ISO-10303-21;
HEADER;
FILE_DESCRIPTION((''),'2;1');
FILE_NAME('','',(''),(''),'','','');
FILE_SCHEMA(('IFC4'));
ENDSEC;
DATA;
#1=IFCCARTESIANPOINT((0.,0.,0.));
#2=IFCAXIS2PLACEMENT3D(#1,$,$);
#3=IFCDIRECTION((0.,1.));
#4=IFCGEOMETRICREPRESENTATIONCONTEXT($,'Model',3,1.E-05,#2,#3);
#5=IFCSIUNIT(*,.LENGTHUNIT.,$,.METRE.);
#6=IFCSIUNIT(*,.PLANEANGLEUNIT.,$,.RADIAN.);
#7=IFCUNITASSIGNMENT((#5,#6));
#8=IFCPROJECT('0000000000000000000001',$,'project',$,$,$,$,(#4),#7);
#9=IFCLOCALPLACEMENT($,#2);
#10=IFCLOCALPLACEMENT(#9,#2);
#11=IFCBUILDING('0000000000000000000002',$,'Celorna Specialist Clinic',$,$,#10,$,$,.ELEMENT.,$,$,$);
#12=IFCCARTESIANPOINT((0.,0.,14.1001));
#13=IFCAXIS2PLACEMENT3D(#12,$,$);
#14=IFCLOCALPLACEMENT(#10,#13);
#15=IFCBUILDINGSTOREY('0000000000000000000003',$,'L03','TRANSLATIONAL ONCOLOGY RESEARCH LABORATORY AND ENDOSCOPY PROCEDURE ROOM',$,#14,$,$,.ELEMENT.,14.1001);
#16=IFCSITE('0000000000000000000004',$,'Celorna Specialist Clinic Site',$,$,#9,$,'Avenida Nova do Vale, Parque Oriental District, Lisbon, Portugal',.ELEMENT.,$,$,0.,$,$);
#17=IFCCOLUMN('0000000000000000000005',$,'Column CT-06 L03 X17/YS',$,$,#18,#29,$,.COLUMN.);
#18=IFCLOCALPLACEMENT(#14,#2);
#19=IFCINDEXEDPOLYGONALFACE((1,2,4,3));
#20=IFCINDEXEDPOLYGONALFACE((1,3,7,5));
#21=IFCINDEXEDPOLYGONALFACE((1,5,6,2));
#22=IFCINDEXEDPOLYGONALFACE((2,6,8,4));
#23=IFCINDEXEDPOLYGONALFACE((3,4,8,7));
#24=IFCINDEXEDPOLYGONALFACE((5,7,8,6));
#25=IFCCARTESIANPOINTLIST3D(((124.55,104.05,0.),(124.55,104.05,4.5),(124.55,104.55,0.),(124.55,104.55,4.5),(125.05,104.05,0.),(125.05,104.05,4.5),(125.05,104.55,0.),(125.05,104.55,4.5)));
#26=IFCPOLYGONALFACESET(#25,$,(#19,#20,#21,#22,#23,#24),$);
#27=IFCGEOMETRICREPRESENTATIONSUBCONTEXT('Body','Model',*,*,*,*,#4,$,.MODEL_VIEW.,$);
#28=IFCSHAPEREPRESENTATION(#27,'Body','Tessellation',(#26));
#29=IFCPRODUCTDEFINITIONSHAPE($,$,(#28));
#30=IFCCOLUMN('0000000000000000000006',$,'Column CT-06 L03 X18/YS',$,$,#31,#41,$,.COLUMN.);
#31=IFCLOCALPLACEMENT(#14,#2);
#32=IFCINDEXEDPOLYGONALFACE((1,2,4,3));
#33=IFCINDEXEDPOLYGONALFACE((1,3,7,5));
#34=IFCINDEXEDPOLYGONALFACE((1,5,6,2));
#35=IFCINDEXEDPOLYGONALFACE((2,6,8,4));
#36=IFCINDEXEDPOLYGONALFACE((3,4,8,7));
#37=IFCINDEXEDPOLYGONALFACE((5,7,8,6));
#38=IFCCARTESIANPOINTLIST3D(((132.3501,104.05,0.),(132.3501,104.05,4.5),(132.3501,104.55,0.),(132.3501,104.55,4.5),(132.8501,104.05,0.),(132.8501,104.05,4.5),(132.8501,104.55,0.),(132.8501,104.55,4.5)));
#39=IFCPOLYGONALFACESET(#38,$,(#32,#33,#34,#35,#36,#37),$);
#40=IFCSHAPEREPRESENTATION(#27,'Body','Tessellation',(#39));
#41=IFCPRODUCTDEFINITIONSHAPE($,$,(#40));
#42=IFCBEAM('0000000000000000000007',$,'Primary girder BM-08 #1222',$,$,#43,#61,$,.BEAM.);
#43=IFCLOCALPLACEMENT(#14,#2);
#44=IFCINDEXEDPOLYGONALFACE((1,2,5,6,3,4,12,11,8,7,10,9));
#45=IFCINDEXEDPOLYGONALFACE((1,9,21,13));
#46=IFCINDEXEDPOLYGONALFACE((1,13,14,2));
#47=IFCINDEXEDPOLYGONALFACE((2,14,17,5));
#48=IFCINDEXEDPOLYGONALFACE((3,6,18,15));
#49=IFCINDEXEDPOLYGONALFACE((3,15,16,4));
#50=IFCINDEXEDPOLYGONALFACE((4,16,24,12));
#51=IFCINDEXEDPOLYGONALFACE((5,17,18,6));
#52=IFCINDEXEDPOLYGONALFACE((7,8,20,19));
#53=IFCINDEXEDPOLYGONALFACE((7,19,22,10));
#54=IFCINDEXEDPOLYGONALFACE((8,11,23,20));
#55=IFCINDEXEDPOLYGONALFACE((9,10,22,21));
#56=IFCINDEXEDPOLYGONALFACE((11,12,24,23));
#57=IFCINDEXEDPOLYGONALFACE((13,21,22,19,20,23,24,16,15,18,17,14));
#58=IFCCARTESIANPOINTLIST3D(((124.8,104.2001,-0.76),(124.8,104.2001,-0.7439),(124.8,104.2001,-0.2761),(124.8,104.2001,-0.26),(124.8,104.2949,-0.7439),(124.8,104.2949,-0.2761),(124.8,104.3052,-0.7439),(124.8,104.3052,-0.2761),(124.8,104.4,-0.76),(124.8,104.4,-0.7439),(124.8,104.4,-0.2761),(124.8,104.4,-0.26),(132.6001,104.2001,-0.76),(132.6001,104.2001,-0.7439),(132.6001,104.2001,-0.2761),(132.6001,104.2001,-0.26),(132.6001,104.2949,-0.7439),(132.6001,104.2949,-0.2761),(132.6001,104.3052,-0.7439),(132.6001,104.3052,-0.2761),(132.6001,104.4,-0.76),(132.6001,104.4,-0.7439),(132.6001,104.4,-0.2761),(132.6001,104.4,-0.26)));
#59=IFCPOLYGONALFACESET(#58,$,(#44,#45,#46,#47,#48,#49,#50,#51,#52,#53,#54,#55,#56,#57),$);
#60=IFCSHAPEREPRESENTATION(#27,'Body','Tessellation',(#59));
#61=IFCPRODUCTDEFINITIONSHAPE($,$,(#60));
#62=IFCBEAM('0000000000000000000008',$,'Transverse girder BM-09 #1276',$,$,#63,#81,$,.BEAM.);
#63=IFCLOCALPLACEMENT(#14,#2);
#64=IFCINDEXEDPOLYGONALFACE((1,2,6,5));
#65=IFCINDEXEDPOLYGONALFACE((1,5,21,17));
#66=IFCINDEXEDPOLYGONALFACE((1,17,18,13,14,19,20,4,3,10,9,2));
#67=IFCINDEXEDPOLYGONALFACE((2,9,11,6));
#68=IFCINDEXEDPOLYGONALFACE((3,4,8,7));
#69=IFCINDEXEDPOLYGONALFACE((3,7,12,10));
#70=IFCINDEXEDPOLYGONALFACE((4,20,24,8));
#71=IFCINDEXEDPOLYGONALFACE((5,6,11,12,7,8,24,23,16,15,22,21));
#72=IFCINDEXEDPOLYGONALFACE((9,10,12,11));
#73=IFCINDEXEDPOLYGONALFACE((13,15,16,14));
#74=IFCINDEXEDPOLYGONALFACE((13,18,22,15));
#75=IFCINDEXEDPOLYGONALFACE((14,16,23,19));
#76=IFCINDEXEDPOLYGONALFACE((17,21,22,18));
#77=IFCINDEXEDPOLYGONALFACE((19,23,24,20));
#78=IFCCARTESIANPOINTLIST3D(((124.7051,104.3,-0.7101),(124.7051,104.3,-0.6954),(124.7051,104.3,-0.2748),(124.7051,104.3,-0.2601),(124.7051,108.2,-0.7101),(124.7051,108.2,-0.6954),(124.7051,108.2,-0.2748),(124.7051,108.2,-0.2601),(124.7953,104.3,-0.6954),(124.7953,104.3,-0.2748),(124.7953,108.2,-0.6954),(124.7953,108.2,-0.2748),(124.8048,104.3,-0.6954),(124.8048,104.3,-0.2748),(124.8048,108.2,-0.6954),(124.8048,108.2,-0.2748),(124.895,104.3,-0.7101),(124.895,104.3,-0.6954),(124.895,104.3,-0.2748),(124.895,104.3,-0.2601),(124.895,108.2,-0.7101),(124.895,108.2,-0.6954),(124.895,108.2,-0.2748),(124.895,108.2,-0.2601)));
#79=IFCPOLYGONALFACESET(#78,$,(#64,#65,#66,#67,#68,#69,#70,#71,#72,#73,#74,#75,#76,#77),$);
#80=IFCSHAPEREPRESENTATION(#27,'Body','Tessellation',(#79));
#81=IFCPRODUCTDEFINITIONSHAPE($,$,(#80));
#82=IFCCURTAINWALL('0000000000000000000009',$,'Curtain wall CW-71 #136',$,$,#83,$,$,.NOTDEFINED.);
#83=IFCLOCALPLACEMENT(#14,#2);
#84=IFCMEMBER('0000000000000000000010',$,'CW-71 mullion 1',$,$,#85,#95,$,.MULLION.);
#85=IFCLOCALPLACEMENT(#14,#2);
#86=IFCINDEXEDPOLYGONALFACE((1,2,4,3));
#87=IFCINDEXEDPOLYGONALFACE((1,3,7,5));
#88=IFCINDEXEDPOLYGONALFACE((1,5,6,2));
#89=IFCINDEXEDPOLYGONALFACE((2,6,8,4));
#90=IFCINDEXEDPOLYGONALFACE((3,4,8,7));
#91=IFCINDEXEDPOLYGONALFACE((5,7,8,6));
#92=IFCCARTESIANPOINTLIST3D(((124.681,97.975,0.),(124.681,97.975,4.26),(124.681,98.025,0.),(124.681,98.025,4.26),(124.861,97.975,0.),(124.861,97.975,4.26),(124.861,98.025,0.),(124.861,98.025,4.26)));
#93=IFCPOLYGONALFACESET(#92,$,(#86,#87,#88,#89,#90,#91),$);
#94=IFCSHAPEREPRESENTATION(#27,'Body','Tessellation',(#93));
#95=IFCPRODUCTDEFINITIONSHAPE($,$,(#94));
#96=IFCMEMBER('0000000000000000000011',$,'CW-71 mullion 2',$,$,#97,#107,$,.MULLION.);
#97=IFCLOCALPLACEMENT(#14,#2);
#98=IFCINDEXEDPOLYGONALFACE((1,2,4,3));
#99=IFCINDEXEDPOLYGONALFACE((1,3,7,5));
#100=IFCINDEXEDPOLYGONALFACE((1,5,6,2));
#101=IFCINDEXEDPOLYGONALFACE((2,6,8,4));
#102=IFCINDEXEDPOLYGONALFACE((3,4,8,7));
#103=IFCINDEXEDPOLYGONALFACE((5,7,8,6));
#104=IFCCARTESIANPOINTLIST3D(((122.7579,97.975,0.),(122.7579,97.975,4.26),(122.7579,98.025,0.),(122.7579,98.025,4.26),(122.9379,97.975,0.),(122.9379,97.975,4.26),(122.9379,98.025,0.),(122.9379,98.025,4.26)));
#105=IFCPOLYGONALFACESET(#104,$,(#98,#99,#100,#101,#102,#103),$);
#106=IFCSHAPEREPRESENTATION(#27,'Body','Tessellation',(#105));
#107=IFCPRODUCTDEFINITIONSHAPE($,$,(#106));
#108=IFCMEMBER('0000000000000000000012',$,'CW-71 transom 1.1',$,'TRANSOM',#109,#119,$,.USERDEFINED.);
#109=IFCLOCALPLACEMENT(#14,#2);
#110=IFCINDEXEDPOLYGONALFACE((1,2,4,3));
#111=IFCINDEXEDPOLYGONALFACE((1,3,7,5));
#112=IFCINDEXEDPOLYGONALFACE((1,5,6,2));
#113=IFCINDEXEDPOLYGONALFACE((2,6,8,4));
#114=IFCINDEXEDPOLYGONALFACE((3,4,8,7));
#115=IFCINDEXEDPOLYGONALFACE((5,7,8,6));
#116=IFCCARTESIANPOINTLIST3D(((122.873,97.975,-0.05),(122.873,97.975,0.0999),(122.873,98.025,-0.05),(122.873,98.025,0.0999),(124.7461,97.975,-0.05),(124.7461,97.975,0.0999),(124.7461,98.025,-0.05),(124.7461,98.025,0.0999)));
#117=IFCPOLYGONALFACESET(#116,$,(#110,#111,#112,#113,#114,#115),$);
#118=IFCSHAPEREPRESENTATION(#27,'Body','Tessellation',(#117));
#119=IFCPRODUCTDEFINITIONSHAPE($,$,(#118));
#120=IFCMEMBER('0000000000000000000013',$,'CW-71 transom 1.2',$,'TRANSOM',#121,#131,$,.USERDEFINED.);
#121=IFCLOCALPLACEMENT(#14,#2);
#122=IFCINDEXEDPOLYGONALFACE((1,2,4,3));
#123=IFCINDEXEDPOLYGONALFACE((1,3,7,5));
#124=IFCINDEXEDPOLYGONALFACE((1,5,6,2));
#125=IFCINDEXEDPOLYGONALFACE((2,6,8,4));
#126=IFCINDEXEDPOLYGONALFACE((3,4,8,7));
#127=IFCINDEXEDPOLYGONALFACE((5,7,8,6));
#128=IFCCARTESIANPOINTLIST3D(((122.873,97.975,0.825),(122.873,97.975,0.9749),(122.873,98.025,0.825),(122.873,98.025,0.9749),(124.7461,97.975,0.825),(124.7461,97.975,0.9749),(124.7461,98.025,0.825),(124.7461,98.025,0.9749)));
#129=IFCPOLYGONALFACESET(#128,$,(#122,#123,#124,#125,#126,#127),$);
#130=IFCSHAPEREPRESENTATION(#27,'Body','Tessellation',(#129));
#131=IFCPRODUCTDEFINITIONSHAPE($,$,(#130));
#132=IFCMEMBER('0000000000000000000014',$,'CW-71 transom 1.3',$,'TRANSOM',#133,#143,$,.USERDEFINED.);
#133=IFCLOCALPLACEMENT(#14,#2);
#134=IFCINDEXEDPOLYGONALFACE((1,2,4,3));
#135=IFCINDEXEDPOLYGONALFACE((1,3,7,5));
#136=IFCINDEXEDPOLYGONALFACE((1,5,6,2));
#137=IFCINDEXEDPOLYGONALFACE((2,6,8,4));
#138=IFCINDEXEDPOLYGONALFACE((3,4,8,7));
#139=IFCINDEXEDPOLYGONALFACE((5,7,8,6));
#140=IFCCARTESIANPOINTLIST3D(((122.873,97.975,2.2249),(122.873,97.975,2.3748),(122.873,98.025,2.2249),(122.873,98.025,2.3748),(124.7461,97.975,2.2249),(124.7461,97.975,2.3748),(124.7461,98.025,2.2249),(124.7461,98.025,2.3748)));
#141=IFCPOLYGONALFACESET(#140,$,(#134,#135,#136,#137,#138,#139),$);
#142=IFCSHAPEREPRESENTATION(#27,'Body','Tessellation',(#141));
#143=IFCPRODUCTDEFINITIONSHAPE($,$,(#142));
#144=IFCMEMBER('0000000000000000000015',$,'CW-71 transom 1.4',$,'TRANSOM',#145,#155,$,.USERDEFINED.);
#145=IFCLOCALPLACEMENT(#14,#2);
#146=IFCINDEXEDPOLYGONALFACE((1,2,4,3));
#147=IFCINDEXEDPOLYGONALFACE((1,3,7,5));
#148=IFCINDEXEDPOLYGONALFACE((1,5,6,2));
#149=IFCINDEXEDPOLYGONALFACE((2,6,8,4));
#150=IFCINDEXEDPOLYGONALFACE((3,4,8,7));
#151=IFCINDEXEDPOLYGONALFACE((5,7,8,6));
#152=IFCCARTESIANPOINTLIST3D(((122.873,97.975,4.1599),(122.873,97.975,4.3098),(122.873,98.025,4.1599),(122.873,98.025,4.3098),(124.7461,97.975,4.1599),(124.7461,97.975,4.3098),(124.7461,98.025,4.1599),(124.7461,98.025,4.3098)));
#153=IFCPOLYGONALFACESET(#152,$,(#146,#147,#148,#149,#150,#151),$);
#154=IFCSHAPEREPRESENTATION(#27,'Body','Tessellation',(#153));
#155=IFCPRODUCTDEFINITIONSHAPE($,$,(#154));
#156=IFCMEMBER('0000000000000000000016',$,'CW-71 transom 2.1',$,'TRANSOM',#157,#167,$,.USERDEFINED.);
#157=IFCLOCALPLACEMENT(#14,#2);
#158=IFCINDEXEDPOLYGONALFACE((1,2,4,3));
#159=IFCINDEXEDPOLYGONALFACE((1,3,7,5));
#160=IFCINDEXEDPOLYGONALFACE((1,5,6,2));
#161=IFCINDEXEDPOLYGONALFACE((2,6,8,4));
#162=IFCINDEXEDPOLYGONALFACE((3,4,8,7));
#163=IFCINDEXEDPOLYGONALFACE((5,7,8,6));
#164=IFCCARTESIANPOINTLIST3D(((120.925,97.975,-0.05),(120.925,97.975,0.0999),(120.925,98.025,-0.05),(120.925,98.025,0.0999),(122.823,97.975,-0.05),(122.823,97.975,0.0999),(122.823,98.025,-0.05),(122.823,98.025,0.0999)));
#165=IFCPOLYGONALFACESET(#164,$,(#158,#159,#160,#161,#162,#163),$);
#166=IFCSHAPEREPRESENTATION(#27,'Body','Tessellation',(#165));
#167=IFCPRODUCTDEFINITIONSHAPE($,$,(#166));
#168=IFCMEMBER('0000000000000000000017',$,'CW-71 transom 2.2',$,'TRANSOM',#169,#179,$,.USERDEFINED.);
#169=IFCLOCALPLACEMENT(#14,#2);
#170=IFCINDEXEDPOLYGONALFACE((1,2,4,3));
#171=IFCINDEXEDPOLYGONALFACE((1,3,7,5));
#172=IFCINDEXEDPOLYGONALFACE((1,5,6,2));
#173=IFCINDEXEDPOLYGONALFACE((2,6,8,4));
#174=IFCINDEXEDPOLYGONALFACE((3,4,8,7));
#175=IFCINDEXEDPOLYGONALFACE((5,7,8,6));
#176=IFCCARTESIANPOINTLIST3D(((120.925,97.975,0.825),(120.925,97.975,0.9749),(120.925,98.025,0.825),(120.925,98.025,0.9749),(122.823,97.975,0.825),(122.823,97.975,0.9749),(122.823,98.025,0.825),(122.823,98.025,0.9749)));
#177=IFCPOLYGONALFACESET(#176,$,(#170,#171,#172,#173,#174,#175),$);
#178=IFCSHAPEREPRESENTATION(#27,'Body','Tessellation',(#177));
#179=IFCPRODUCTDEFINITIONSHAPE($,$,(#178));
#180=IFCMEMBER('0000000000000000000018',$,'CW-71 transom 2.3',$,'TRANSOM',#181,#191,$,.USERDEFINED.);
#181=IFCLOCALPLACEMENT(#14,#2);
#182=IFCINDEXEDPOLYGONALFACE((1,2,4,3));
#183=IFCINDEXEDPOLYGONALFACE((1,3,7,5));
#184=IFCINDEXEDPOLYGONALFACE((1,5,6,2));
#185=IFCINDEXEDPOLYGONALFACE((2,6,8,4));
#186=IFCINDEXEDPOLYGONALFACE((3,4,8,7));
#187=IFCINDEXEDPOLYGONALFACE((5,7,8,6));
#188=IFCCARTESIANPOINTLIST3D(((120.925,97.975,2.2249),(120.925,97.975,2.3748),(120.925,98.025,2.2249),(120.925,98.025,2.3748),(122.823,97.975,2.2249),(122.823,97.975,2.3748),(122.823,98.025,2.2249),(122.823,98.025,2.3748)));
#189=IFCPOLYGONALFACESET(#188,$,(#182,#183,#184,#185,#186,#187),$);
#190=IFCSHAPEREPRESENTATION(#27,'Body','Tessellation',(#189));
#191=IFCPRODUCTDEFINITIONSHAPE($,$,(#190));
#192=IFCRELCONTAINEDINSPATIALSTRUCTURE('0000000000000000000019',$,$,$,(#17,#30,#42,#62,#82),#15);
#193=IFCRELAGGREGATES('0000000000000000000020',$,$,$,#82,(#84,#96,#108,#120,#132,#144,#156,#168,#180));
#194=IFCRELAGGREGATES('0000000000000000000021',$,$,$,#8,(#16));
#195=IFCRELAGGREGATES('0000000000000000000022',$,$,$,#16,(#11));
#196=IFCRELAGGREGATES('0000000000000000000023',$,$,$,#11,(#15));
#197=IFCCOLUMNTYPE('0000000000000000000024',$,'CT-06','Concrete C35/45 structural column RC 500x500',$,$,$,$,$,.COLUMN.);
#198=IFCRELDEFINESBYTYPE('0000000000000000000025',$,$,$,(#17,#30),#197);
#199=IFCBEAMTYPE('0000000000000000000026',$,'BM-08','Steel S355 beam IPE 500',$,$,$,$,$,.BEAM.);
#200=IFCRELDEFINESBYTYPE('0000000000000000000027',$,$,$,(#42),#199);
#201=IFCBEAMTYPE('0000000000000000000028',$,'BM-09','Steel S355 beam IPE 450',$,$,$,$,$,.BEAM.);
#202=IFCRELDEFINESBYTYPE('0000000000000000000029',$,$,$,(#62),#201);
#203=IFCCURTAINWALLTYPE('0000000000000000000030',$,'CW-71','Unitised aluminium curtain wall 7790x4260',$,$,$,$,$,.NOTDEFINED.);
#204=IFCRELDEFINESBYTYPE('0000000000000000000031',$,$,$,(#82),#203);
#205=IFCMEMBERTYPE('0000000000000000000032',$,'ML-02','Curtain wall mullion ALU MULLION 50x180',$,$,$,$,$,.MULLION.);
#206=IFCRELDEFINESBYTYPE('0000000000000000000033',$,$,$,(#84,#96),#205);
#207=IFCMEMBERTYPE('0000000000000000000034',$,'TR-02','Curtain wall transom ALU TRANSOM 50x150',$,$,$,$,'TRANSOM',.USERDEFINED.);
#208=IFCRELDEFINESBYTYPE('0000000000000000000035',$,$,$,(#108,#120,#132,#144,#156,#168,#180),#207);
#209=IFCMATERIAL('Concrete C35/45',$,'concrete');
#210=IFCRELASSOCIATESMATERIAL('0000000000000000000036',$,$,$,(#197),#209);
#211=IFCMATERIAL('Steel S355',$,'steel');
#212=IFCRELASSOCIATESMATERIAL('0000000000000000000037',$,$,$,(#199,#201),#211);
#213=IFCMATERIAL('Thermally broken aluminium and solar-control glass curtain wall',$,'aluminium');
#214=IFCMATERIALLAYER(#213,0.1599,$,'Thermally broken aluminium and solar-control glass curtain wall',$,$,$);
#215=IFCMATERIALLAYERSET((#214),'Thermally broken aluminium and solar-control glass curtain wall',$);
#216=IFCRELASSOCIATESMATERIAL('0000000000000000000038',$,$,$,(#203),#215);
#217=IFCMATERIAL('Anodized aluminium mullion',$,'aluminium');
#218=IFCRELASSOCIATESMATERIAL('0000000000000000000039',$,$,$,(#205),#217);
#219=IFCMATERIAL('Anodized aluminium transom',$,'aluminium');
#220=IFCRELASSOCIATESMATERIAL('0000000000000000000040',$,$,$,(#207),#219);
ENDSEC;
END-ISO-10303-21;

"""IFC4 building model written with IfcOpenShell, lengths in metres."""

from ifc_helpers import new_model, si_unit, direction, frame, origin, origin_2d, place, context, subcontext, project, spatial, rectangle, i_section, extrude, material, layer, layer_set, material_profile, profile_set, type_object, element, aggregate, save


model = new_model("IFC4")

# Units and contexts
model_context = context("Model", 3, precision=1e-05, world=origin(), true_north=direction((0.0, 1.0)))
body_context = subcontext(model_context, "Body", "Model", "MODEL_VIEW")
ifc_project = project(units=[si_unit("LENGTHUNIT", "METRE"), si_unit("PLANEANGLEUNIT", "RADIAN")], contexts=[model_context])

# Site, building, storey
site_placement = place(None, origin())
site = spatial("IfcSite", under=ifc_project, at=site_placement, Name="Celorna Specialist Clinic Site", LongName="Avenida Nova do Vale, Parque Oriental District, Lisbon, Portugal", CompositionType="ELEMENT", RefElevation=0.0)
building_placement = place(site_placement, origin())
building = spatial("IfcBuilding", under=site, at=building_placement, Name="Celorna Specialist Clinic", CompositionType="ELEMENT")
storey_placement = place(building_placement, frame((0.0, 0.0, 14.1001)))
storey = spatial("IfcBuildingStorey", under=building, at=storey_placement, Name="L03", Description="TRANSLATIONAL ONCOLOGY RESEARCH LABORATORY AND ENDOSCOPY PROCEDURE ROOM", CompositionType="ELEMENT", Elevation=14.1001)

# Columns
ifc_material_1 = material(Name="Concrete C35/45", Category="concrete")
ifc_material_profile_1 = material_profile(ifc_material_1, rectangle(XDim=0.5, YDim=0.5, at=origin_2d()), Name="RC 500x500")
ifc_profile_set_1 = profile_set([ifc_material_profile_1], Name="Concrete C35/45")
column_type = type_object("IfcColumnType", Name="CT-06", Description="Concrete C35/45 structural column RC 500x500", PredefinedType="COLUMN", material=ifc_profile_set_1)
for number, where, z_axis, x_axis, name in (
    (1, (124.8, 104.3, 0.0), (0.0, 0.0, 1.0), (1.0, 0.0, 0.0), "Column CT-06 L03 X17/YS"),
    (2, (132.6001, 104.3, 0.0), (0.0, 0.0, 1.0), (1.0, 0.0, 0.0), "Column CT-06 L03 X18/YS"),
):
    element("IfcColumn", number, at=place(storey_placement, frame(where, z_axis=z_axis, x_axis=x_axis)), inside=storey, type_object=column_type, Name=name, PredefinedType="COLUMN", context=body_context, shape_type="SweptSolid", body=[
        extrude(rectangle(XDim=0.5, YDim=0.5, at=origin_2d()), origin(), (0.0, 0.0, 1.0), 4.5),
    ])

# Beams
ifc_material_2 = material(Name="Steel S355", Category="steel")
ifc_material_profile_2 = material_profile(ifc_material_2, i_section(OverallWidth=0.2, OverallDepth=0.5, WebThickness=0.0103, FlangeThickness=0.0161, at=origin_2d()), Name="IPE 500")
ifc_profile_set_2 = profile_set([ifc_material_profile_2], Name="Steel S355")
beam_type_1 = type_object("IfcBeamType", Name="BM-08", Description="Steel S355 beam IPE 500", PredefinedType="BEAM", material=ifc_profile_set_2)
beam_1_placement = place(storey_placement, frame((124.8, 104.3, -0.51), z_axis=(1.0, 0.0, 0.0), x_axis=(0.0, 1.0, 0.0)))
element("IfcBeam", 3, at=beam_1_placement, inside=storey, type_object=beam_type_1, Name="Primary girder BM-08 #1222", PredefinedType="BEAM", context=body_context, shape_type="SweptSolid", body=[
    extrude(i_section(OverallWidth=0.2, OverallDepth=0.5, WebThickness=0.0103, FlangeThickness=0.0161, at=origin_2d()), origin(), (0.0, 0.0, 1.0), 7.8),
])
ifc_material_profile_3 = material_profile(ifc_material_2, i_section(OverallWidth=0.1899, OverallDepth=0.45, WebThickness=0.0095, FlangeThickness=0.0146, at=origin_2d()), Name="IPE 450")
ifc_profile_set_3 = profile_set([ifc_material_profile_3], Name="Steel S355")
beam_type_2 = type_object("IfcBeamType", Name="BM-09", Description="Steel S355 beam IPE 450", PredefinedType="BEAM", material=ifc_profile_set_3)
beam_2_placement = place(storey_placement, frame((124.8, 104.3, -0.4851), z_axis=(0.0, 1.0, 0.0), x_axis=(-1.0, 0.0, 0.0)))
element("IfcBeam", 4, at=beam_2_placement, inside=storey, type_object=beam_type_2, Name="Transverse girder BM-09 #1276", PredefinedType="BEAM", context=body_context, shape_type="SweptSolid", body=[
    extrude(i_section(OverallWidth=0.1899, OverallDepth=0.45, WebThickness=0.0095, FlangeThickness=0.0146, at=origin_2d()), origin(), (0.0, 0.0, 1.0), 3.8999),
])

# Curtain wall, members
ifc_material_3 = material(Name="Thermally broken aluminium and solar-control glass curtain wall", Category="aluminium")
ifc_layer_1 = layer(ifc_material_3, 0.1599, Name="Thermally broken aluminium and solar-control glass curtain wall")
ifc_layer_set_1 = layer_set([ifc_layer_1], Name="Thermally broken aluminium and solar-control glass curtain wall")
curtain_wall_type = type_object("IfcCurtainWallType", Name="CW-71", Description="Unitised aluminium curtain wall 7790x4260", PredefinedType="NOTDEFINED", material=ifc_layer_set_1)
curtain_wall_placement = place(storey_placement, origin())
curtain_wall = element("IfcCurtainWall", 5, at=curtain_wall_placement, inside=storey, type_object=curtain_wall_type, Name="Curtain wall CW-71 #136", PredefinedType="NOTDEFINED")
ifc_material_4 = material(Name="Anodized aluminium mullion", Category="aluminium")
ifc_material_profile_4 = material_profile(ifc_material_4, rectangle(XDim=0.05, YDim=0.1799, at=origin_2d()), Name="ALU MULLION 50x180")
ifc_profile_set_4 = profile_set([ifc_material_profile_4], Name="Anodized aluminium mullion")
member_type_1 = type_object("IfcMemberType", Name="ML-02", Description="Curtain wall mullion ALU MULLION 50x180", PredefinedType="MULLION", material=ifc_profile_set_4)
member_1_placement = place(storey_placement, frame((124.771, 98.0, 0.0), z_axis=(0.0, 0.0, 1.0), x_axis=(0.0, -1.0, 0.0)))
member_1 = element("IfcMember", 6, at=member_1_placement, type_object=member_type_1, Name="CW-71 mullion 1", PredefinedType="MULLION", context=body_context, shape_type="SweptSolid", body=[
    extrude(rectangle(XDim=0.05, YDim=0.1799, at=origin_2d()), origin(), (0.0, 0.0, 1.0), 4.26),
])
member_2_placement = place(storey_placement, frame((122.8479, 98.0, 0.0), z_axis=(0.0, 0.0, 1.0), x_axis=(0.0, -1.0, 0.0)))
member_2 = element("IfcMember", 7, at=member_2_placement, type_object=member_type_1, Name="CW-71 mullion 2", PredefinedType="MULLION", context=body_context, shape_type="SweptSolid", body=[
    extrude(rectangle(XDim=0.05, YDim=0.1799, at=origin_2d()), origin(), (0.0, 0.0, 1.0), 4.26),
])
ifc_material_5 = material(Name="Anodized aluminium transom", Category="aluminium")
ifc_material_profile_5 = material_profile(ifc_material_5, rectangle(XDim=0.05, YDim=0.1499, at=origin_2d()), Name="ALU TRANSOM 50x150")
ifc_profile_set_5 = profile_set([ifc_material_profile_5], Name="Anodized aluminium transom")
member_type_2 = type_object("IfcMemberType", Name="TR-02", Description="Curtain wall transom ALU TRANSOM 50x150", ElementType="TRANSOM", PredefinedType="USERDEFINED", material=ifc_profile_set_5)
member_3_placement = place(storey_placement, frame((124.7461, 98.0, 0.0249), z_axis=(-1.0, 0.0, 0.0), x_axis=(0.0, -1.0, 0.0)))
member_3 = element("IfcMember", 8, at=member_3_placement, type_object=member_type_2, Name="CW-71 transom 1.1", ObjectType="TRANSOM", PredefinedType="USERDEFINED", context=body_context, shape_type="SweptSolid", body=[
    extrude(rectangle(XDim=0.05, YDim=0.1499, at=origin_2d()), origin(), (0.0, 0.0, 1.0), 1.873),
])
member_4_placement = place(storey_placement, frame((124.7461, 98.0, 0.8999), z_axis=(-1.0, 0.0, 0.0), x_axis=(0.0, -1.0, 0.0)))
member_4 = element("IfcMember", 9, at=member_4_placement, type_object=member_type_2, Name="CW-71 transom 1.2", ObjectType="TRANSOM", PredefinedType="USERDEFINED", context=body_context, shape_type="SweptSolid", body=[
    extrude(rectangle(XDim=0.05, YDim=0.1499, at=origin_2d()), origin(), (0.0, 0.0, 1.0), 1.873),
])
member_5_placement = place(storey_placement, frame((124.7461, 98.0, 2.2998), z_axis=(-1.0, 0.0, 0.0), x_axis=(0.0, -1.0, 0.0)))
member_5 = element("IfcMember", 10, at=member_5_placement, type_object=member_type_2, Name="CW-71 transom 1.3", ObjectType="TRANSOM", PredefinedType="USERDEFINED", context=body_context, shape_type="SweptSolid", body=[
    extrude(rectangle(XDim=0.05, YDim=0.1499, at=origin_2d()), origin(), (0.0, 0.0, 1.0), 1.873),
])
member_6_placement = place(storey_placement, frame((124.7461, 98.0, 4.2349), z_axis=(-1.0, 0.0, 0.0), x_axis=(0.0, -1.0, 0.0)))
member_6 = element("IfcMember", 11, at=member_6_placement, type_object=member_type_2, Name="CW-71 transom 1.4", ObjectType="TRANSOM", PredefinedType="USERDEFINED", context=body_context, shape_type="SweptSolid", body=[
    extrude(rectangle(XDim=0.05, YDim=0.1499, at=origin_2d()), origin(), (0.0, 0.0, 1.0), 1.873),
])
member_7_placement = place(storey_placement, frame((122.823, 98.0, 0.0249), z_axis=(-1.0, 0.0, 0.0), x_axis=(0.0, -1.0, 0.0)))
member_7 = element("IfcMember", 12, at=member_7_placement, type_object=member_type_2, Name="CW-71 transom 2.1", ObjectType="TRANSOM", PredefinedType="USERDEFINED", context=body_context, shape_type="SweptSolid", body=[
    extrude(rectangle(XDim=0.05, YDim=0.1499, at=origin_2d()), origin(), (0.0, 0.0, 1.0), 1.8979),
])
member_8_placement = place(storey_placement, frame((122.823, 98.0, 0.8999), z_axis=(-1.0, 0.0, 0.0), x_axis=(0.0, -1.0, 0.0)))
member_8 = element("IfcMember", 13, at=member_8_placement, type_object=member_type_2, Name="CW-71 transom 2.2", ObjectType="TRANSOM", PredefinedType="USERDEFINED", context=body_context, shape_type="SweptSolid", body=[
    extrude(rectangle(XDim=0.05, YDim=0.1499, at=origin_2d()), origin(), (0.0, 0.0, 1.0), 1.8979),
])
member_9_placement = place(storey_placement, frame((122.823, 98.0, 2.2998), z_axis=(-1.0, 0.0, 0.0), x_axis=(0.0, -1.0, 0.0)))
member_9 = element("IfcMember", 14, at=member_9_placement, type_object=member_type_2, Name="CW-71 transom 2.3", ObjectType="TRANSOM", PredefinedType="USERDEFINED", context=body_context, shape_type="SweptSolid", body=[
    extrude(rectangle(XDim=0.05, YDim=0.1499, at=origin_2d()), origin(), (0.0, 0.0, 1.0), 1.8979),
])
aggregate(curtain_wall, [member_1, member_2, member_3, member_4, member_5, member_6, member_7, member_8, member_9])

save(model, "model.ifc")
